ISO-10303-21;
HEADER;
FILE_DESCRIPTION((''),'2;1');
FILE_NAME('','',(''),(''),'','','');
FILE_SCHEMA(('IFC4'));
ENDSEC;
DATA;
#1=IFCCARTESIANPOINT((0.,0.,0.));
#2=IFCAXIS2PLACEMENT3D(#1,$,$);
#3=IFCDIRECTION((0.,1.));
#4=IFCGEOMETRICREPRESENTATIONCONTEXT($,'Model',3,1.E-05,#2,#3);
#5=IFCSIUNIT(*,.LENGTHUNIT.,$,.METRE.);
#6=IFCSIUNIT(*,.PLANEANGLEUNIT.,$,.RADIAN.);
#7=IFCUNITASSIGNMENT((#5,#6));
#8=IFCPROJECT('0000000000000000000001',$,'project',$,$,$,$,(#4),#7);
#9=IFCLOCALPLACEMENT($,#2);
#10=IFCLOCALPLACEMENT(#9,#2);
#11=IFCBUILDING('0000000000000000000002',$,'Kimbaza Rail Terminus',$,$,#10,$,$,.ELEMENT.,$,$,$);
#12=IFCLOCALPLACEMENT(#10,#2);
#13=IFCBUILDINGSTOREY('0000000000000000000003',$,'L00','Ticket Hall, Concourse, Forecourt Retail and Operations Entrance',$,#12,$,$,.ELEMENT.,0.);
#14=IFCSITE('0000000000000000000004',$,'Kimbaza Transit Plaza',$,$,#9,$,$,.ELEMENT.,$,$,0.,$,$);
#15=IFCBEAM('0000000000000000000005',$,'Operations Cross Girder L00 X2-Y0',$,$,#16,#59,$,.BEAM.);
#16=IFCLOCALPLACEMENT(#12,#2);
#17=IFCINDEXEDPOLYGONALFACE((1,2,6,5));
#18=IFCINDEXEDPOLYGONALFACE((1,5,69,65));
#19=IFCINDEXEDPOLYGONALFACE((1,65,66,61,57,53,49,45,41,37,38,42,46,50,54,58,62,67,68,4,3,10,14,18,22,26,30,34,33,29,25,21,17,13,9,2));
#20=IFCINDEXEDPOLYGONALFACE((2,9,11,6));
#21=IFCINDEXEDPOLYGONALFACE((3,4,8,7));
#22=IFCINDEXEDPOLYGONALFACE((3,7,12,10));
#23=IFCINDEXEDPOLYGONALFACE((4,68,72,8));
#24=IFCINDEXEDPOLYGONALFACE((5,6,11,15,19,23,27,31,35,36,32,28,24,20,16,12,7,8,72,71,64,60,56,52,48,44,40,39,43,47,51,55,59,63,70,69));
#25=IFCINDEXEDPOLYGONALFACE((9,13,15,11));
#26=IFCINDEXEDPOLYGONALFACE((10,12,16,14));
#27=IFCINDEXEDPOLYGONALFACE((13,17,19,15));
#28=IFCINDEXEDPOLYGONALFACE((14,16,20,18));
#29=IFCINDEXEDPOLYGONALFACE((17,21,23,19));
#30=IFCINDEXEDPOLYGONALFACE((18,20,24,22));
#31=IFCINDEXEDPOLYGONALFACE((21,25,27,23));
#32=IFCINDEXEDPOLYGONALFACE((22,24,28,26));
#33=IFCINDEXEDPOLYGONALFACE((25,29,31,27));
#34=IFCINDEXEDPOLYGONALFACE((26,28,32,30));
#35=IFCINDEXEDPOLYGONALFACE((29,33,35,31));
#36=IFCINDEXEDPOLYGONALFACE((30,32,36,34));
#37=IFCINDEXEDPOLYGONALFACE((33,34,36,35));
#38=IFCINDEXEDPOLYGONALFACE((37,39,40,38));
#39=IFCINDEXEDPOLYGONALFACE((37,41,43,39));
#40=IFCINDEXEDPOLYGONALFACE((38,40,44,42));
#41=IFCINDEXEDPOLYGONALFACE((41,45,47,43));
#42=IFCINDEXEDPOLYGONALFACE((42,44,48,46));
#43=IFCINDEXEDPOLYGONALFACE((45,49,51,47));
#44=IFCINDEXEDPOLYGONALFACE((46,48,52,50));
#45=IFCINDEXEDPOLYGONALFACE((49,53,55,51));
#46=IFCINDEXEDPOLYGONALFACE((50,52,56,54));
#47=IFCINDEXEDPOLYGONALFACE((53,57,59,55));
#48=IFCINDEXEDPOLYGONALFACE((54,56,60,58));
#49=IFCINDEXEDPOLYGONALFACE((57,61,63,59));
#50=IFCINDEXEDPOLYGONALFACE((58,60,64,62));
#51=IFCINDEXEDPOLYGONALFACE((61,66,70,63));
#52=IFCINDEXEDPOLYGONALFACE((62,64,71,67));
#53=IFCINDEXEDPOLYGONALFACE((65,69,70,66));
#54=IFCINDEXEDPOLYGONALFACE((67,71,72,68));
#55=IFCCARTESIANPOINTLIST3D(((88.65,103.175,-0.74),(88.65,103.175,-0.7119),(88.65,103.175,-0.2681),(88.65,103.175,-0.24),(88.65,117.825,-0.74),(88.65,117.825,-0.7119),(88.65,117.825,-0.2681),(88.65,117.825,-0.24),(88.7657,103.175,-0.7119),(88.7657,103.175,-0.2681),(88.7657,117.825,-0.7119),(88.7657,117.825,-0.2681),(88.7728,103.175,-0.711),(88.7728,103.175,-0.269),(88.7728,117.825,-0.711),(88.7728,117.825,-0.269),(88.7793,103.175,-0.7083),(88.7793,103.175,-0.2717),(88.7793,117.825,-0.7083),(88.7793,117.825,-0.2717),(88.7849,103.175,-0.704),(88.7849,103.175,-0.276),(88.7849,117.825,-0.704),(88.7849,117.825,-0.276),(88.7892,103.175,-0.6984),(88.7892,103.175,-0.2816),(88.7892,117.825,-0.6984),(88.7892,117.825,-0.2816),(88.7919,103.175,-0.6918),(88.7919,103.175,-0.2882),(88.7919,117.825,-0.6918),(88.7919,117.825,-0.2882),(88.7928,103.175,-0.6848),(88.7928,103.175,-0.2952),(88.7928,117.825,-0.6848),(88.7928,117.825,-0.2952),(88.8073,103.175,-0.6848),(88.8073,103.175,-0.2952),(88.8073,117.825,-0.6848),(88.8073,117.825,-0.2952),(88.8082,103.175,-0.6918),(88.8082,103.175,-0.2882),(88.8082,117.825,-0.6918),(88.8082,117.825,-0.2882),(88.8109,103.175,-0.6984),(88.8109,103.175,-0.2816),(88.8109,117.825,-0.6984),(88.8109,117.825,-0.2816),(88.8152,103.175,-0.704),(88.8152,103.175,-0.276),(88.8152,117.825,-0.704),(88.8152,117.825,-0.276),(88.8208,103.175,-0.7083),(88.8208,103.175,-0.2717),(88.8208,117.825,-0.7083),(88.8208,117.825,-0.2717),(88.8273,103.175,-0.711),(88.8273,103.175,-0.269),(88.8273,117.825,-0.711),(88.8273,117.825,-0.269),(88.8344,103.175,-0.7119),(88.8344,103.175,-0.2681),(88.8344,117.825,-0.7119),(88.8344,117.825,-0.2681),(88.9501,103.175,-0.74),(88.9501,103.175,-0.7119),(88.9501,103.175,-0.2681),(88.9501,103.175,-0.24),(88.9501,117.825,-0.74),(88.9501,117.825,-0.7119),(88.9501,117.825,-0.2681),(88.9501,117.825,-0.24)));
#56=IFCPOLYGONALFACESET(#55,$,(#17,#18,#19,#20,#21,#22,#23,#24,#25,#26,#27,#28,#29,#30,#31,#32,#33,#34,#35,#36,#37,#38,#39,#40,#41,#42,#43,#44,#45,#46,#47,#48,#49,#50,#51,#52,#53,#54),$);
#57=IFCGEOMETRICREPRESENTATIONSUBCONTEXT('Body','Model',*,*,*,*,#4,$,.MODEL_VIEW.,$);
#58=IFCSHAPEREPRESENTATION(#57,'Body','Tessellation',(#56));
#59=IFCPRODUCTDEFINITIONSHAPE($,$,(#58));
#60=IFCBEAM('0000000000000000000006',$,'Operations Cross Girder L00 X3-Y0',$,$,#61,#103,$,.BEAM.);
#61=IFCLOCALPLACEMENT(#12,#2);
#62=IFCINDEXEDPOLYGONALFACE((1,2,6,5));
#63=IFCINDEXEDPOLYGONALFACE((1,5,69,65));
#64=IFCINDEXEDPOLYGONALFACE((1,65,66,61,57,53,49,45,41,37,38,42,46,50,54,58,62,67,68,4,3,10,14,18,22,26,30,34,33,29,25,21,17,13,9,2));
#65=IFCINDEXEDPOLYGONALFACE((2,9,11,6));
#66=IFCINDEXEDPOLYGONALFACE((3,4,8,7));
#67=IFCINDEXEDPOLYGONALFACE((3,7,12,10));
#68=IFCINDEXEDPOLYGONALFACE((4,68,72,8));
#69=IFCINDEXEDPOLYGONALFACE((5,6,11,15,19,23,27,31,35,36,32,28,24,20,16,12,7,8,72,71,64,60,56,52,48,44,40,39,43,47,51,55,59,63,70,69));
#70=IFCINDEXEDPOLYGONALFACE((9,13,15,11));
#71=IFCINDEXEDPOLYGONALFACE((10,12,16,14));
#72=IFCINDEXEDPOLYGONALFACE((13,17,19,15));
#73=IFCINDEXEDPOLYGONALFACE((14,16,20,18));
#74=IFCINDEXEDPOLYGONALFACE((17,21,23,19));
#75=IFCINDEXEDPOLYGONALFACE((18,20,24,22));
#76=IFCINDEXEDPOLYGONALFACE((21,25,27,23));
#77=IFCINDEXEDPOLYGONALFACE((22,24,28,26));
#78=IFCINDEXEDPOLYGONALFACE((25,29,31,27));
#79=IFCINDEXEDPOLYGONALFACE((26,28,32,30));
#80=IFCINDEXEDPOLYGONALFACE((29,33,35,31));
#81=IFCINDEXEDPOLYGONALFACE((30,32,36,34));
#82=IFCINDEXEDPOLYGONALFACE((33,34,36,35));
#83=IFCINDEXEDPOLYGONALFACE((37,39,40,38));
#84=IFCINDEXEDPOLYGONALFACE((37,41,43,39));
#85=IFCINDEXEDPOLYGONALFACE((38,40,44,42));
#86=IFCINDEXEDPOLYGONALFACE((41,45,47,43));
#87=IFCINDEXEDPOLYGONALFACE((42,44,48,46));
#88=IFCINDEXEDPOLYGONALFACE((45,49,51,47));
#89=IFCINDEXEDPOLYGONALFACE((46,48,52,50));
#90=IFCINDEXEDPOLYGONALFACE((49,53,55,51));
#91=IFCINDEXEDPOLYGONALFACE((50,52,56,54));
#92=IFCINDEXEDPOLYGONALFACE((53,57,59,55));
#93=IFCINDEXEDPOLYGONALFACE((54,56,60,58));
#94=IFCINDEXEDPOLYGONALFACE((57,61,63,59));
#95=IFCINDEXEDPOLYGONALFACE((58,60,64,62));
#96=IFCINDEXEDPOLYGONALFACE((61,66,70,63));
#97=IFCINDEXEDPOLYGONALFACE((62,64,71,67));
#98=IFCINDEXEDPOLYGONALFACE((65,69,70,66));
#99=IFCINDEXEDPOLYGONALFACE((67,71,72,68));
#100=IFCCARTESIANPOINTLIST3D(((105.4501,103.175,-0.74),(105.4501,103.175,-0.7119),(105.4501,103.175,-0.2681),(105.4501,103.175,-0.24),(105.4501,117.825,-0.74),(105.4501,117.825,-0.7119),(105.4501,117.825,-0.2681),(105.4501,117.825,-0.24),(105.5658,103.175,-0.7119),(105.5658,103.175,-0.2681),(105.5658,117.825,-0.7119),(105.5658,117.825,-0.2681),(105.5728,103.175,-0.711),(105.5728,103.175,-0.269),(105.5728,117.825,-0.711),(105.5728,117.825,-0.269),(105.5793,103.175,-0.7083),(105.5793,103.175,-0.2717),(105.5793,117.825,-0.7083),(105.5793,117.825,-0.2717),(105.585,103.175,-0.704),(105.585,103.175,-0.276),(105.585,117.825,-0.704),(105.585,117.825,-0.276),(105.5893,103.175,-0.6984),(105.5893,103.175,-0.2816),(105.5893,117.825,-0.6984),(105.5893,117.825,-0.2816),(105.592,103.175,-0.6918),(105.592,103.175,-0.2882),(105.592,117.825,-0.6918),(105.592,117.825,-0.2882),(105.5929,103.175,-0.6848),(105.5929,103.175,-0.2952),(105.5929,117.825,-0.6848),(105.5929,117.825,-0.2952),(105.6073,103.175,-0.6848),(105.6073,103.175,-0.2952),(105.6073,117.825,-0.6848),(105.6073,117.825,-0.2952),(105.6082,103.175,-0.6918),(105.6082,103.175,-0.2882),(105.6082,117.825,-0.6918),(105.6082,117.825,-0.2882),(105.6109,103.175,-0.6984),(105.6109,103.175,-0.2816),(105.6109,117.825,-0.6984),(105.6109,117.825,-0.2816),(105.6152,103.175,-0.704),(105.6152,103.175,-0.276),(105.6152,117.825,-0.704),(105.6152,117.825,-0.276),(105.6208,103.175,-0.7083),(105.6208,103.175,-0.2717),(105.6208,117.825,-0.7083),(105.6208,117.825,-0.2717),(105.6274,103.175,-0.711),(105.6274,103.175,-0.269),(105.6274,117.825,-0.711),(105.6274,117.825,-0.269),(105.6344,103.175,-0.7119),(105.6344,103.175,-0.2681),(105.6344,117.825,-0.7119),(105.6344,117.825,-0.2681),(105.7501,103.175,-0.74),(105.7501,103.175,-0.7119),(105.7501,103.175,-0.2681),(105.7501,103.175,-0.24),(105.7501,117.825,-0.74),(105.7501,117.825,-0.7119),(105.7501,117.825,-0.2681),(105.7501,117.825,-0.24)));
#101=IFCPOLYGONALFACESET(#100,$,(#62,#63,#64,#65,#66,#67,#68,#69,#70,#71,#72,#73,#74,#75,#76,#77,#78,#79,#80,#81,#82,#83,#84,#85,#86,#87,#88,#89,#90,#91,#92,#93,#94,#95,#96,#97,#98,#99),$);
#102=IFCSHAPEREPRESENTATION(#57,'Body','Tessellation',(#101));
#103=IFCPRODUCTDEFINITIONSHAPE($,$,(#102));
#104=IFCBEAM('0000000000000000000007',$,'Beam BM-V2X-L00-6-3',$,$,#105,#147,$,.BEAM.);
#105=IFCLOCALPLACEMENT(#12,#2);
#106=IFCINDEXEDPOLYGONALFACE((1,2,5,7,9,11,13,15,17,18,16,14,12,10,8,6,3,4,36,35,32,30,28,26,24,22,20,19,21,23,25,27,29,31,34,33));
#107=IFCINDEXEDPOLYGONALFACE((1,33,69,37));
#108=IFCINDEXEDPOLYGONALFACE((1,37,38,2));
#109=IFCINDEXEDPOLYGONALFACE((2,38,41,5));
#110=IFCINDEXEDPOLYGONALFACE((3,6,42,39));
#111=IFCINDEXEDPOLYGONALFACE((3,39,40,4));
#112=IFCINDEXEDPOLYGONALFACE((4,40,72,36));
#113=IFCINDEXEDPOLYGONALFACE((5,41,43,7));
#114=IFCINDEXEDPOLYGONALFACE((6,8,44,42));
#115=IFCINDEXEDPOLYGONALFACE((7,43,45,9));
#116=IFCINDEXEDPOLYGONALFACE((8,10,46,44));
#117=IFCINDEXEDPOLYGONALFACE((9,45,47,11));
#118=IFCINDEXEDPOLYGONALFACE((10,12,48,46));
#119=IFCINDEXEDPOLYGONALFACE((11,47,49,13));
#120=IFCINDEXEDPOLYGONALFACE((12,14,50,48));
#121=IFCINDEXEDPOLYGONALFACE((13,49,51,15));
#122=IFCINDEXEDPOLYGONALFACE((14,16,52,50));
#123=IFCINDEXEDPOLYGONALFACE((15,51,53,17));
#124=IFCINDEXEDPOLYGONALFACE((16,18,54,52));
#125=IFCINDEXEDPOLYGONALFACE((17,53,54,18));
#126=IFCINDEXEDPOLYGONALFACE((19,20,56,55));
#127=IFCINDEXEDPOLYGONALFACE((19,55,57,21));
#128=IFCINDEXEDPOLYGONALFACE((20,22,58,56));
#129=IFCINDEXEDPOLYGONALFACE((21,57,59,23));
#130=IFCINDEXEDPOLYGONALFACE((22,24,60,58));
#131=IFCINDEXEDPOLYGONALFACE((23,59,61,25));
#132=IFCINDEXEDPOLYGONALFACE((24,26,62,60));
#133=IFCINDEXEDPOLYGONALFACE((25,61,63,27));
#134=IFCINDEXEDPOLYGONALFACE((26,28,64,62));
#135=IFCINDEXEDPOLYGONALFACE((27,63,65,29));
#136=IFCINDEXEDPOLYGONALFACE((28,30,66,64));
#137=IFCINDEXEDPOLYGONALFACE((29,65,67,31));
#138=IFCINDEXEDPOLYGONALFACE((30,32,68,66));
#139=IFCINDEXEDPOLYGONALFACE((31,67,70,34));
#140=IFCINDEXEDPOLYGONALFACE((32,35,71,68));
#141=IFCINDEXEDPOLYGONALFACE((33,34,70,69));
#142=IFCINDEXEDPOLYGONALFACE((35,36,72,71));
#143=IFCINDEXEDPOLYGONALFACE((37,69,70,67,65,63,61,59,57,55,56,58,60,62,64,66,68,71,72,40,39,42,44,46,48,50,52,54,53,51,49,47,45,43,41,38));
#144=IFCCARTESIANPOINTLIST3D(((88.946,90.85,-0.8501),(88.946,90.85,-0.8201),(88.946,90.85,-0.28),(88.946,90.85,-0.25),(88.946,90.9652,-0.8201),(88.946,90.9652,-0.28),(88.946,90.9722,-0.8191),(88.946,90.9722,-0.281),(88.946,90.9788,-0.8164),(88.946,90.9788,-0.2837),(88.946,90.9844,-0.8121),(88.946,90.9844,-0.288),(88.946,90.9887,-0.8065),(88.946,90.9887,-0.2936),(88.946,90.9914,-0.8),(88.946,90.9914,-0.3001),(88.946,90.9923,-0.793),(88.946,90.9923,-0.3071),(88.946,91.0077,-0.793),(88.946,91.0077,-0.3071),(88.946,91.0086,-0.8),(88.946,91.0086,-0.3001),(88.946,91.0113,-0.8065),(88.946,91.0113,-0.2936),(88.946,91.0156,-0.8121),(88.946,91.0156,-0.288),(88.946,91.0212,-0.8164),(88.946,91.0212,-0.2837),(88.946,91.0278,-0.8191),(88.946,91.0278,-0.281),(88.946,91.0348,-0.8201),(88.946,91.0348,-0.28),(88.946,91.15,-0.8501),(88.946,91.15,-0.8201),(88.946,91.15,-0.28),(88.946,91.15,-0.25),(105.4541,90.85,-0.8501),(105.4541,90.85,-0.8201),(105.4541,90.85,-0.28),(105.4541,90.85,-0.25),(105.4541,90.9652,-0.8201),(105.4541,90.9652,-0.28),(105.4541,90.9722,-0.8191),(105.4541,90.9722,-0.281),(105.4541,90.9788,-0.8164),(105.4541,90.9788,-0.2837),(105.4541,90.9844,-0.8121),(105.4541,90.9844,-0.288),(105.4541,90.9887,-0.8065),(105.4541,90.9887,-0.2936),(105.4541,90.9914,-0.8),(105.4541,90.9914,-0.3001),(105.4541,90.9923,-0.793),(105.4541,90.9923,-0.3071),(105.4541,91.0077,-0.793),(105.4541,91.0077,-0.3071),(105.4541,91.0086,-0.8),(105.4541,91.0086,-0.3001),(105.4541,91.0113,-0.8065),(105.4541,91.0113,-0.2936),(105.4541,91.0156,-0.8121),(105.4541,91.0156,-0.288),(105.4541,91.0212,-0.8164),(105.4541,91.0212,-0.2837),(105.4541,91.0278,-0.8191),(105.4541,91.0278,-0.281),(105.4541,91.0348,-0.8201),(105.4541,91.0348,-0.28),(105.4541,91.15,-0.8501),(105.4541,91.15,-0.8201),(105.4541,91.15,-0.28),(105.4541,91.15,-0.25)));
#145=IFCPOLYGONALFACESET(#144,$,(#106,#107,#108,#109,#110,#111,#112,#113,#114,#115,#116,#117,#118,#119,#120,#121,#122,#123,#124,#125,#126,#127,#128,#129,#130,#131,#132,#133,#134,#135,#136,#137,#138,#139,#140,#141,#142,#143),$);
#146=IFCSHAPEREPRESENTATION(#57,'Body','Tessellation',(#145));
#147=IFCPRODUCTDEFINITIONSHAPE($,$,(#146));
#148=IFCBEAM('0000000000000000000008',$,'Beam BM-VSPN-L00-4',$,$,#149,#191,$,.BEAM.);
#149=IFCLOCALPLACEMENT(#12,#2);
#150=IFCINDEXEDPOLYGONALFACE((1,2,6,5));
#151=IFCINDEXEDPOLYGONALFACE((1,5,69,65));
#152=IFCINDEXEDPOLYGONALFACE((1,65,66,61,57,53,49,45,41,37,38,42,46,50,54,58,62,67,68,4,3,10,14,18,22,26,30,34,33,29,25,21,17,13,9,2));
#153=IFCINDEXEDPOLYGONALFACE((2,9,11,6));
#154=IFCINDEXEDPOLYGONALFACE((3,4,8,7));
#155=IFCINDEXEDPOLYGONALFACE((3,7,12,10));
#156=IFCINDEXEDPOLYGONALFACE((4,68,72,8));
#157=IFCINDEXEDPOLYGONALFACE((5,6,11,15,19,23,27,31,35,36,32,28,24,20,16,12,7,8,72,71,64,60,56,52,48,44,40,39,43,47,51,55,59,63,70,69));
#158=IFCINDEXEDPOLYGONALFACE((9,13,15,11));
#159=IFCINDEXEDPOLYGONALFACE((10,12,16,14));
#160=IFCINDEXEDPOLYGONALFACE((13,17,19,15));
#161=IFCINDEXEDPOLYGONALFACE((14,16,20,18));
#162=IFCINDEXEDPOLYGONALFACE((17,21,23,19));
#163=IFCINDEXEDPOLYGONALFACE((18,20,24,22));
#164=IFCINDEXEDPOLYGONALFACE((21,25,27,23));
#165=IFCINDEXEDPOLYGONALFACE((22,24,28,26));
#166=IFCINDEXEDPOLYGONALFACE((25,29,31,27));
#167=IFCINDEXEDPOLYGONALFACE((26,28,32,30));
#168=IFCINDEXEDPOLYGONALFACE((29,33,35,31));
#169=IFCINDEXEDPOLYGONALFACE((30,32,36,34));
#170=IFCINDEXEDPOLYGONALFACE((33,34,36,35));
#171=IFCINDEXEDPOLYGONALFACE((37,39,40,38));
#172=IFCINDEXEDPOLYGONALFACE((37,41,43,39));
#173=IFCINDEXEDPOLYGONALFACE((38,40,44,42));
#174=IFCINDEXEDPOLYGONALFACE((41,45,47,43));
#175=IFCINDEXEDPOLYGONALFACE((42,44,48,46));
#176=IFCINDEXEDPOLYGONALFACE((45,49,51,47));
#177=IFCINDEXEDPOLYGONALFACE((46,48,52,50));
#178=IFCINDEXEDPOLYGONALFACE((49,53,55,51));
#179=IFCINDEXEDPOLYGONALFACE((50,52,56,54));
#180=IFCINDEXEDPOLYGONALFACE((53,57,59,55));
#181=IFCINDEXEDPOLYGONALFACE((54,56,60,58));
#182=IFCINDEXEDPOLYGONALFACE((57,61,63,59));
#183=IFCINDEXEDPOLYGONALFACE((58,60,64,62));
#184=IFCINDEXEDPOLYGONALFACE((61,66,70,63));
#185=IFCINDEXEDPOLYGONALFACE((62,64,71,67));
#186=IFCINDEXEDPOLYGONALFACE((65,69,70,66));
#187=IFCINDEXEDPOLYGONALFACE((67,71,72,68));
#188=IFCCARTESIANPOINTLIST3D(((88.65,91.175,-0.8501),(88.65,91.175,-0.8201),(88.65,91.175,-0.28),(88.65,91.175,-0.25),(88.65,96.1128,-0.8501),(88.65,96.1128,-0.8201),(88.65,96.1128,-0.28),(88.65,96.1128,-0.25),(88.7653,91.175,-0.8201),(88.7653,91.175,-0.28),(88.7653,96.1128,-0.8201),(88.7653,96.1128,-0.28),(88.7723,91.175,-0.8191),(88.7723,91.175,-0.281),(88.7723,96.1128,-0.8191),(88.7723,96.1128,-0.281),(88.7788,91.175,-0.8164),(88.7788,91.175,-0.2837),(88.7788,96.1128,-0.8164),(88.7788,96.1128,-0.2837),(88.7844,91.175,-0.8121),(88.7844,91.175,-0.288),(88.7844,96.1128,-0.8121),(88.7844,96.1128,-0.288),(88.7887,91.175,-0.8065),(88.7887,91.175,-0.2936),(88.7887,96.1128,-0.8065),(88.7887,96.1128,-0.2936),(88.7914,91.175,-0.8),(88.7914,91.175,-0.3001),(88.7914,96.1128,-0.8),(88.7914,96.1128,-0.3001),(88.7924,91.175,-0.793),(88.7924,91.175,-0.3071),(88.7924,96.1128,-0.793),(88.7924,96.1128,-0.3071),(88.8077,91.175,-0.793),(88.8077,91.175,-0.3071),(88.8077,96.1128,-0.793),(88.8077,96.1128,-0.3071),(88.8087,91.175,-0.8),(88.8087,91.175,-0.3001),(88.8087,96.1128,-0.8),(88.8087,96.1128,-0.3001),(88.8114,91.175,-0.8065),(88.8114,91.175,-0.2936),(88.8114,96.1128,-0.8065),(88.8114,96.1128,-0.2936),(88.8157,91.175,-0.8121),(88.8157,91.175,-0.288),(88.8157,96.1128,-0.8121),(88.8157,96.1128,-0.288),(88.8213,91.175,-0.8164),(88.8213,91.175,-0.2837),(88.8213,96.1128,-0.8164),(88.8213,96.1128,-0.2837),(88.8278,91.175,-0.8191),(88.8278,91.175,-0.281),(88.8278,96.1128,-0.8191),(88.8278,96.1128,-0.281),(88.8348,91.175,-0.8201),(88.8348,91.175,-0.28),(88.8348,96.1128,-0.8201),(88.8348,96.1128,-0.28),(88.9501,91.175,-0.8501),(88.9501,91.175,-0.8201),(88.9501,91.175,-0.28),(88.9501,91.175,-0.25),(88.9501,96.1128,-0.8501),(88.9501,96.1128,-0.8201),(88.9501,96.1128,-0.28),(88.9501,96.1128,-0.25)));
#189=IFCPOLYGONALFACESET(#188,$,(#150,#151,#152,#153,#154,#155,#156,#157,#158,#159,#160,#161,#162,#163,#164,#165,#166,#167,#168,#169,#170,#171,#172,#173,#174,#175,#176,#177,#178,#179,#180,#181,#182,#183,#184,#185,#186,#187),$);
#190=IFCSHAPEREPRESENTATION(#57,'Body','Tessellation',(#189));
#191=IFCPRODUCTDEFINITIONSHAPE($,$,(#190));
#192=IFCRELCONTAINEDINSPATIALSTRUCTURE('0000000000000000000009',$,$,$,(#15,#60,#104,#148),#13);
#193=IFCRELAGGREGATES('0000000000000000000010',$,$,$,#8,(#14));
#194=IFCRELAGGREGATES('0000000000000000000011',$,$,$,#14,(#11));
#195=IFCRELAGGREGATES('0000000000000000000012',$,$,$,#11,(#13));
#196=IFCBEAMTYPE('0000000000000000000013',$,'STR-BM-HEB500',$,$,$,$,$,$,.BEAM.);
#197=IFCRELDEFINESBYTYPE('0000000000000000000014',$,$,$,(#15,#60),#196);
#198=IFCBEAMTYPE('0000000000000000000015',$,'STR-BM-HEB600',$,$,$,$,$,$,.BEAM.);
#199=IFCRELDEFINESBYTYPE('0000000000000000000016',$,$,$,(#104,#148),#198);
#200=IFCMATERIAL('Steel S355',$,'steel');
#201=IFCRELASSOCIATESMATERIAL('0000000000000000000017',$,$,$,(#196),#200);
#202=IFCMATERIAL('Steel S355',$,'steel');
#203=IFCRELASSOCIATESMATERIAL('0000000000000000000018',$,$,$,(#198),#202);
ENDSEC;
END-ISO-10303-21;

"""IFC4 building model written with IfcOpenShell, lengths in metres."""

from ifc_helpers import new_model, si_unit, direction, frame, origin, origin_2d, place, context, subcontext, project, spatial, i_section, extrude, material, material_profile, profile_set, type_object, element, save


model = new_model("IFC4")

# Units and contexts
model_context = context("Model", 3, precision=1e-05, world=origin(), true_north=direction((0.0, 1.0)))
body_context = subcontext(model_context, "Body", "Model", "MODEL_VIEW")
ifc_project = project(units=[si_unit("LENGTHUNIT", "METRE"), si_unit("PLANEANGLEUNIT", "RADIAN")], contexts=[model_context])

# Site, building, storey
site_placement = place(None, origin())
site = spatial("IfcSite", under=ifc_project, at=site_placement, Name="Kimbaza Transit Plaza", CompositionType="ELEMENT", RefElevation=0.0)
building_placement = place(site_placement, origin())
building = spatial("IfcBuilding", under=site, at=building_placement, Name="Kimbaza Rail Terminus", CompositionType="ELEMENT")
storey_placement = place(building_placement, origin())
storey = spatial("IfcBuildingStorey", under=building, at=storey_placement, Name="L00", Description="Ticket Hall, Concourse, Forecourt Retail and Operations Entrance", CompositionType="ELEMENT", Elevation=0.0)

# Beams
ifc_material_1 = material(Name="Steel S355", Category="steel")
ifc_material_profile_1 = material_profile(ifc_material_1, i_section(OverallWidth=0.3, OverallDepth=0.5, WebThickness=0.0144, FlangeThickness=0.0281, FilletRadius=0.0271, at=origin_2d()), Name="HEB 500")
ifc_profile_set_1 = profile_set([ifc_material_profile_1], Name="Steel S355")
beam_type_1 = type_object("IfcBeamType", Name="STR-BM-HEB500", PredefinedType="BEAM", material=ifc_profile_set_1)
for number, where, z_axis, x_axis, name in (
    (1, (88.8, 103.175, -0.49), (0.0, 1.0, 0.0), (-1.0, 0.0, 0.0), "Operations Cross Girder L00 X2-Y0"),
    (2, (105.6001, 103.175, -0.49), (0.0, 1.0, 0.0), (-1.0, 0.0, 0.0), "Operations Cross Girder L00 X3-Y0"),
):
    element("IfcBeam", number, at=place(storey_placement, frame(where, z_axis=z_axis, x_axis=x_axis)), inside=storey, type_object=beam_type_1, Name=name, PredefinedType="BEAM", context=body_context, shape_type="SweptSolid", body=[
        extrude(i_section(OverallWidth=0.3, OverallDepth=0.5, WebThickness=0.0144, FlangeThickness=0.0281, FilletRadius=0.0271, at=origin_2d()), origin(), (0.0, 0.0, 1.0), 14.6499),
    ])
ifc_material_2 = material(Name="Steel S355", Category="steel")
ifc_material_profile_2 = material_profile(ifc_material_2, i_section(OverallWidth=0.3, OverallDepth=0.6001, WebThickness=0.0154, FlangeThickness=0.03, FilletRadius=0.0271, at=origin_2d()), Name="HEB 600")
ifc_profile_set_2 = profile_set([ifc_material_profile_2], Name="Steel S355")
beam_type_2 = type_object("IfcBeamType", Name="STR-BM-HEB600", PredefinedType="BEAM", material=ifc_profile_set_2)
beam_1_placement = place(storey_placement, frame((88.946, 91.0, -0.55), z_axis=(1.0, 0.0, 0.0), x_axis=(0.0, 1.0, 0.0)))
element("IfcBeam", 3, at=beam_1_placement, inside=storey, type_object=beam_type_2, Name="Beam BM-V2X-L00-6-3", PredefinedType="BEAM", context=body_context, shape_type="SweptSolid", body=[
    extrude(i_section(OverallWidth=0.3, OverallDepth=0.6001, WebThickness=0.0154, FlangeThickness=0.03, FilletRadius=0.0271, at=origin_2d()), origin(), (0.0, 0.0, 1.0), 16.5081),
])
beam_2_placement = place(storey_placement, frame((88.8, 91.175, -0.55), z_axis=(0.0, 1.0, 0.0), x_axis=(-1.0, 0.0, 0.0)))
element("IfcBeam", 4, at=beam_2_placement, inside=storey, type_object=beam_type_2, Name="Beam BM-VSPN-L00-4", PredefinedType="BEAM", context=body_context, shape_type="SweptSolid", body=[
    extrude(i_section(OverallWidth=0.3, OverallDepth=0.6001, WebThickness=0.0154, FlangeThickness=0.03, FilletRadius=0.0271, at=origin_2d()), origin(), (0.0, 0.0, 1.0), 4.9377),
])

save(model, "model.ifc")
